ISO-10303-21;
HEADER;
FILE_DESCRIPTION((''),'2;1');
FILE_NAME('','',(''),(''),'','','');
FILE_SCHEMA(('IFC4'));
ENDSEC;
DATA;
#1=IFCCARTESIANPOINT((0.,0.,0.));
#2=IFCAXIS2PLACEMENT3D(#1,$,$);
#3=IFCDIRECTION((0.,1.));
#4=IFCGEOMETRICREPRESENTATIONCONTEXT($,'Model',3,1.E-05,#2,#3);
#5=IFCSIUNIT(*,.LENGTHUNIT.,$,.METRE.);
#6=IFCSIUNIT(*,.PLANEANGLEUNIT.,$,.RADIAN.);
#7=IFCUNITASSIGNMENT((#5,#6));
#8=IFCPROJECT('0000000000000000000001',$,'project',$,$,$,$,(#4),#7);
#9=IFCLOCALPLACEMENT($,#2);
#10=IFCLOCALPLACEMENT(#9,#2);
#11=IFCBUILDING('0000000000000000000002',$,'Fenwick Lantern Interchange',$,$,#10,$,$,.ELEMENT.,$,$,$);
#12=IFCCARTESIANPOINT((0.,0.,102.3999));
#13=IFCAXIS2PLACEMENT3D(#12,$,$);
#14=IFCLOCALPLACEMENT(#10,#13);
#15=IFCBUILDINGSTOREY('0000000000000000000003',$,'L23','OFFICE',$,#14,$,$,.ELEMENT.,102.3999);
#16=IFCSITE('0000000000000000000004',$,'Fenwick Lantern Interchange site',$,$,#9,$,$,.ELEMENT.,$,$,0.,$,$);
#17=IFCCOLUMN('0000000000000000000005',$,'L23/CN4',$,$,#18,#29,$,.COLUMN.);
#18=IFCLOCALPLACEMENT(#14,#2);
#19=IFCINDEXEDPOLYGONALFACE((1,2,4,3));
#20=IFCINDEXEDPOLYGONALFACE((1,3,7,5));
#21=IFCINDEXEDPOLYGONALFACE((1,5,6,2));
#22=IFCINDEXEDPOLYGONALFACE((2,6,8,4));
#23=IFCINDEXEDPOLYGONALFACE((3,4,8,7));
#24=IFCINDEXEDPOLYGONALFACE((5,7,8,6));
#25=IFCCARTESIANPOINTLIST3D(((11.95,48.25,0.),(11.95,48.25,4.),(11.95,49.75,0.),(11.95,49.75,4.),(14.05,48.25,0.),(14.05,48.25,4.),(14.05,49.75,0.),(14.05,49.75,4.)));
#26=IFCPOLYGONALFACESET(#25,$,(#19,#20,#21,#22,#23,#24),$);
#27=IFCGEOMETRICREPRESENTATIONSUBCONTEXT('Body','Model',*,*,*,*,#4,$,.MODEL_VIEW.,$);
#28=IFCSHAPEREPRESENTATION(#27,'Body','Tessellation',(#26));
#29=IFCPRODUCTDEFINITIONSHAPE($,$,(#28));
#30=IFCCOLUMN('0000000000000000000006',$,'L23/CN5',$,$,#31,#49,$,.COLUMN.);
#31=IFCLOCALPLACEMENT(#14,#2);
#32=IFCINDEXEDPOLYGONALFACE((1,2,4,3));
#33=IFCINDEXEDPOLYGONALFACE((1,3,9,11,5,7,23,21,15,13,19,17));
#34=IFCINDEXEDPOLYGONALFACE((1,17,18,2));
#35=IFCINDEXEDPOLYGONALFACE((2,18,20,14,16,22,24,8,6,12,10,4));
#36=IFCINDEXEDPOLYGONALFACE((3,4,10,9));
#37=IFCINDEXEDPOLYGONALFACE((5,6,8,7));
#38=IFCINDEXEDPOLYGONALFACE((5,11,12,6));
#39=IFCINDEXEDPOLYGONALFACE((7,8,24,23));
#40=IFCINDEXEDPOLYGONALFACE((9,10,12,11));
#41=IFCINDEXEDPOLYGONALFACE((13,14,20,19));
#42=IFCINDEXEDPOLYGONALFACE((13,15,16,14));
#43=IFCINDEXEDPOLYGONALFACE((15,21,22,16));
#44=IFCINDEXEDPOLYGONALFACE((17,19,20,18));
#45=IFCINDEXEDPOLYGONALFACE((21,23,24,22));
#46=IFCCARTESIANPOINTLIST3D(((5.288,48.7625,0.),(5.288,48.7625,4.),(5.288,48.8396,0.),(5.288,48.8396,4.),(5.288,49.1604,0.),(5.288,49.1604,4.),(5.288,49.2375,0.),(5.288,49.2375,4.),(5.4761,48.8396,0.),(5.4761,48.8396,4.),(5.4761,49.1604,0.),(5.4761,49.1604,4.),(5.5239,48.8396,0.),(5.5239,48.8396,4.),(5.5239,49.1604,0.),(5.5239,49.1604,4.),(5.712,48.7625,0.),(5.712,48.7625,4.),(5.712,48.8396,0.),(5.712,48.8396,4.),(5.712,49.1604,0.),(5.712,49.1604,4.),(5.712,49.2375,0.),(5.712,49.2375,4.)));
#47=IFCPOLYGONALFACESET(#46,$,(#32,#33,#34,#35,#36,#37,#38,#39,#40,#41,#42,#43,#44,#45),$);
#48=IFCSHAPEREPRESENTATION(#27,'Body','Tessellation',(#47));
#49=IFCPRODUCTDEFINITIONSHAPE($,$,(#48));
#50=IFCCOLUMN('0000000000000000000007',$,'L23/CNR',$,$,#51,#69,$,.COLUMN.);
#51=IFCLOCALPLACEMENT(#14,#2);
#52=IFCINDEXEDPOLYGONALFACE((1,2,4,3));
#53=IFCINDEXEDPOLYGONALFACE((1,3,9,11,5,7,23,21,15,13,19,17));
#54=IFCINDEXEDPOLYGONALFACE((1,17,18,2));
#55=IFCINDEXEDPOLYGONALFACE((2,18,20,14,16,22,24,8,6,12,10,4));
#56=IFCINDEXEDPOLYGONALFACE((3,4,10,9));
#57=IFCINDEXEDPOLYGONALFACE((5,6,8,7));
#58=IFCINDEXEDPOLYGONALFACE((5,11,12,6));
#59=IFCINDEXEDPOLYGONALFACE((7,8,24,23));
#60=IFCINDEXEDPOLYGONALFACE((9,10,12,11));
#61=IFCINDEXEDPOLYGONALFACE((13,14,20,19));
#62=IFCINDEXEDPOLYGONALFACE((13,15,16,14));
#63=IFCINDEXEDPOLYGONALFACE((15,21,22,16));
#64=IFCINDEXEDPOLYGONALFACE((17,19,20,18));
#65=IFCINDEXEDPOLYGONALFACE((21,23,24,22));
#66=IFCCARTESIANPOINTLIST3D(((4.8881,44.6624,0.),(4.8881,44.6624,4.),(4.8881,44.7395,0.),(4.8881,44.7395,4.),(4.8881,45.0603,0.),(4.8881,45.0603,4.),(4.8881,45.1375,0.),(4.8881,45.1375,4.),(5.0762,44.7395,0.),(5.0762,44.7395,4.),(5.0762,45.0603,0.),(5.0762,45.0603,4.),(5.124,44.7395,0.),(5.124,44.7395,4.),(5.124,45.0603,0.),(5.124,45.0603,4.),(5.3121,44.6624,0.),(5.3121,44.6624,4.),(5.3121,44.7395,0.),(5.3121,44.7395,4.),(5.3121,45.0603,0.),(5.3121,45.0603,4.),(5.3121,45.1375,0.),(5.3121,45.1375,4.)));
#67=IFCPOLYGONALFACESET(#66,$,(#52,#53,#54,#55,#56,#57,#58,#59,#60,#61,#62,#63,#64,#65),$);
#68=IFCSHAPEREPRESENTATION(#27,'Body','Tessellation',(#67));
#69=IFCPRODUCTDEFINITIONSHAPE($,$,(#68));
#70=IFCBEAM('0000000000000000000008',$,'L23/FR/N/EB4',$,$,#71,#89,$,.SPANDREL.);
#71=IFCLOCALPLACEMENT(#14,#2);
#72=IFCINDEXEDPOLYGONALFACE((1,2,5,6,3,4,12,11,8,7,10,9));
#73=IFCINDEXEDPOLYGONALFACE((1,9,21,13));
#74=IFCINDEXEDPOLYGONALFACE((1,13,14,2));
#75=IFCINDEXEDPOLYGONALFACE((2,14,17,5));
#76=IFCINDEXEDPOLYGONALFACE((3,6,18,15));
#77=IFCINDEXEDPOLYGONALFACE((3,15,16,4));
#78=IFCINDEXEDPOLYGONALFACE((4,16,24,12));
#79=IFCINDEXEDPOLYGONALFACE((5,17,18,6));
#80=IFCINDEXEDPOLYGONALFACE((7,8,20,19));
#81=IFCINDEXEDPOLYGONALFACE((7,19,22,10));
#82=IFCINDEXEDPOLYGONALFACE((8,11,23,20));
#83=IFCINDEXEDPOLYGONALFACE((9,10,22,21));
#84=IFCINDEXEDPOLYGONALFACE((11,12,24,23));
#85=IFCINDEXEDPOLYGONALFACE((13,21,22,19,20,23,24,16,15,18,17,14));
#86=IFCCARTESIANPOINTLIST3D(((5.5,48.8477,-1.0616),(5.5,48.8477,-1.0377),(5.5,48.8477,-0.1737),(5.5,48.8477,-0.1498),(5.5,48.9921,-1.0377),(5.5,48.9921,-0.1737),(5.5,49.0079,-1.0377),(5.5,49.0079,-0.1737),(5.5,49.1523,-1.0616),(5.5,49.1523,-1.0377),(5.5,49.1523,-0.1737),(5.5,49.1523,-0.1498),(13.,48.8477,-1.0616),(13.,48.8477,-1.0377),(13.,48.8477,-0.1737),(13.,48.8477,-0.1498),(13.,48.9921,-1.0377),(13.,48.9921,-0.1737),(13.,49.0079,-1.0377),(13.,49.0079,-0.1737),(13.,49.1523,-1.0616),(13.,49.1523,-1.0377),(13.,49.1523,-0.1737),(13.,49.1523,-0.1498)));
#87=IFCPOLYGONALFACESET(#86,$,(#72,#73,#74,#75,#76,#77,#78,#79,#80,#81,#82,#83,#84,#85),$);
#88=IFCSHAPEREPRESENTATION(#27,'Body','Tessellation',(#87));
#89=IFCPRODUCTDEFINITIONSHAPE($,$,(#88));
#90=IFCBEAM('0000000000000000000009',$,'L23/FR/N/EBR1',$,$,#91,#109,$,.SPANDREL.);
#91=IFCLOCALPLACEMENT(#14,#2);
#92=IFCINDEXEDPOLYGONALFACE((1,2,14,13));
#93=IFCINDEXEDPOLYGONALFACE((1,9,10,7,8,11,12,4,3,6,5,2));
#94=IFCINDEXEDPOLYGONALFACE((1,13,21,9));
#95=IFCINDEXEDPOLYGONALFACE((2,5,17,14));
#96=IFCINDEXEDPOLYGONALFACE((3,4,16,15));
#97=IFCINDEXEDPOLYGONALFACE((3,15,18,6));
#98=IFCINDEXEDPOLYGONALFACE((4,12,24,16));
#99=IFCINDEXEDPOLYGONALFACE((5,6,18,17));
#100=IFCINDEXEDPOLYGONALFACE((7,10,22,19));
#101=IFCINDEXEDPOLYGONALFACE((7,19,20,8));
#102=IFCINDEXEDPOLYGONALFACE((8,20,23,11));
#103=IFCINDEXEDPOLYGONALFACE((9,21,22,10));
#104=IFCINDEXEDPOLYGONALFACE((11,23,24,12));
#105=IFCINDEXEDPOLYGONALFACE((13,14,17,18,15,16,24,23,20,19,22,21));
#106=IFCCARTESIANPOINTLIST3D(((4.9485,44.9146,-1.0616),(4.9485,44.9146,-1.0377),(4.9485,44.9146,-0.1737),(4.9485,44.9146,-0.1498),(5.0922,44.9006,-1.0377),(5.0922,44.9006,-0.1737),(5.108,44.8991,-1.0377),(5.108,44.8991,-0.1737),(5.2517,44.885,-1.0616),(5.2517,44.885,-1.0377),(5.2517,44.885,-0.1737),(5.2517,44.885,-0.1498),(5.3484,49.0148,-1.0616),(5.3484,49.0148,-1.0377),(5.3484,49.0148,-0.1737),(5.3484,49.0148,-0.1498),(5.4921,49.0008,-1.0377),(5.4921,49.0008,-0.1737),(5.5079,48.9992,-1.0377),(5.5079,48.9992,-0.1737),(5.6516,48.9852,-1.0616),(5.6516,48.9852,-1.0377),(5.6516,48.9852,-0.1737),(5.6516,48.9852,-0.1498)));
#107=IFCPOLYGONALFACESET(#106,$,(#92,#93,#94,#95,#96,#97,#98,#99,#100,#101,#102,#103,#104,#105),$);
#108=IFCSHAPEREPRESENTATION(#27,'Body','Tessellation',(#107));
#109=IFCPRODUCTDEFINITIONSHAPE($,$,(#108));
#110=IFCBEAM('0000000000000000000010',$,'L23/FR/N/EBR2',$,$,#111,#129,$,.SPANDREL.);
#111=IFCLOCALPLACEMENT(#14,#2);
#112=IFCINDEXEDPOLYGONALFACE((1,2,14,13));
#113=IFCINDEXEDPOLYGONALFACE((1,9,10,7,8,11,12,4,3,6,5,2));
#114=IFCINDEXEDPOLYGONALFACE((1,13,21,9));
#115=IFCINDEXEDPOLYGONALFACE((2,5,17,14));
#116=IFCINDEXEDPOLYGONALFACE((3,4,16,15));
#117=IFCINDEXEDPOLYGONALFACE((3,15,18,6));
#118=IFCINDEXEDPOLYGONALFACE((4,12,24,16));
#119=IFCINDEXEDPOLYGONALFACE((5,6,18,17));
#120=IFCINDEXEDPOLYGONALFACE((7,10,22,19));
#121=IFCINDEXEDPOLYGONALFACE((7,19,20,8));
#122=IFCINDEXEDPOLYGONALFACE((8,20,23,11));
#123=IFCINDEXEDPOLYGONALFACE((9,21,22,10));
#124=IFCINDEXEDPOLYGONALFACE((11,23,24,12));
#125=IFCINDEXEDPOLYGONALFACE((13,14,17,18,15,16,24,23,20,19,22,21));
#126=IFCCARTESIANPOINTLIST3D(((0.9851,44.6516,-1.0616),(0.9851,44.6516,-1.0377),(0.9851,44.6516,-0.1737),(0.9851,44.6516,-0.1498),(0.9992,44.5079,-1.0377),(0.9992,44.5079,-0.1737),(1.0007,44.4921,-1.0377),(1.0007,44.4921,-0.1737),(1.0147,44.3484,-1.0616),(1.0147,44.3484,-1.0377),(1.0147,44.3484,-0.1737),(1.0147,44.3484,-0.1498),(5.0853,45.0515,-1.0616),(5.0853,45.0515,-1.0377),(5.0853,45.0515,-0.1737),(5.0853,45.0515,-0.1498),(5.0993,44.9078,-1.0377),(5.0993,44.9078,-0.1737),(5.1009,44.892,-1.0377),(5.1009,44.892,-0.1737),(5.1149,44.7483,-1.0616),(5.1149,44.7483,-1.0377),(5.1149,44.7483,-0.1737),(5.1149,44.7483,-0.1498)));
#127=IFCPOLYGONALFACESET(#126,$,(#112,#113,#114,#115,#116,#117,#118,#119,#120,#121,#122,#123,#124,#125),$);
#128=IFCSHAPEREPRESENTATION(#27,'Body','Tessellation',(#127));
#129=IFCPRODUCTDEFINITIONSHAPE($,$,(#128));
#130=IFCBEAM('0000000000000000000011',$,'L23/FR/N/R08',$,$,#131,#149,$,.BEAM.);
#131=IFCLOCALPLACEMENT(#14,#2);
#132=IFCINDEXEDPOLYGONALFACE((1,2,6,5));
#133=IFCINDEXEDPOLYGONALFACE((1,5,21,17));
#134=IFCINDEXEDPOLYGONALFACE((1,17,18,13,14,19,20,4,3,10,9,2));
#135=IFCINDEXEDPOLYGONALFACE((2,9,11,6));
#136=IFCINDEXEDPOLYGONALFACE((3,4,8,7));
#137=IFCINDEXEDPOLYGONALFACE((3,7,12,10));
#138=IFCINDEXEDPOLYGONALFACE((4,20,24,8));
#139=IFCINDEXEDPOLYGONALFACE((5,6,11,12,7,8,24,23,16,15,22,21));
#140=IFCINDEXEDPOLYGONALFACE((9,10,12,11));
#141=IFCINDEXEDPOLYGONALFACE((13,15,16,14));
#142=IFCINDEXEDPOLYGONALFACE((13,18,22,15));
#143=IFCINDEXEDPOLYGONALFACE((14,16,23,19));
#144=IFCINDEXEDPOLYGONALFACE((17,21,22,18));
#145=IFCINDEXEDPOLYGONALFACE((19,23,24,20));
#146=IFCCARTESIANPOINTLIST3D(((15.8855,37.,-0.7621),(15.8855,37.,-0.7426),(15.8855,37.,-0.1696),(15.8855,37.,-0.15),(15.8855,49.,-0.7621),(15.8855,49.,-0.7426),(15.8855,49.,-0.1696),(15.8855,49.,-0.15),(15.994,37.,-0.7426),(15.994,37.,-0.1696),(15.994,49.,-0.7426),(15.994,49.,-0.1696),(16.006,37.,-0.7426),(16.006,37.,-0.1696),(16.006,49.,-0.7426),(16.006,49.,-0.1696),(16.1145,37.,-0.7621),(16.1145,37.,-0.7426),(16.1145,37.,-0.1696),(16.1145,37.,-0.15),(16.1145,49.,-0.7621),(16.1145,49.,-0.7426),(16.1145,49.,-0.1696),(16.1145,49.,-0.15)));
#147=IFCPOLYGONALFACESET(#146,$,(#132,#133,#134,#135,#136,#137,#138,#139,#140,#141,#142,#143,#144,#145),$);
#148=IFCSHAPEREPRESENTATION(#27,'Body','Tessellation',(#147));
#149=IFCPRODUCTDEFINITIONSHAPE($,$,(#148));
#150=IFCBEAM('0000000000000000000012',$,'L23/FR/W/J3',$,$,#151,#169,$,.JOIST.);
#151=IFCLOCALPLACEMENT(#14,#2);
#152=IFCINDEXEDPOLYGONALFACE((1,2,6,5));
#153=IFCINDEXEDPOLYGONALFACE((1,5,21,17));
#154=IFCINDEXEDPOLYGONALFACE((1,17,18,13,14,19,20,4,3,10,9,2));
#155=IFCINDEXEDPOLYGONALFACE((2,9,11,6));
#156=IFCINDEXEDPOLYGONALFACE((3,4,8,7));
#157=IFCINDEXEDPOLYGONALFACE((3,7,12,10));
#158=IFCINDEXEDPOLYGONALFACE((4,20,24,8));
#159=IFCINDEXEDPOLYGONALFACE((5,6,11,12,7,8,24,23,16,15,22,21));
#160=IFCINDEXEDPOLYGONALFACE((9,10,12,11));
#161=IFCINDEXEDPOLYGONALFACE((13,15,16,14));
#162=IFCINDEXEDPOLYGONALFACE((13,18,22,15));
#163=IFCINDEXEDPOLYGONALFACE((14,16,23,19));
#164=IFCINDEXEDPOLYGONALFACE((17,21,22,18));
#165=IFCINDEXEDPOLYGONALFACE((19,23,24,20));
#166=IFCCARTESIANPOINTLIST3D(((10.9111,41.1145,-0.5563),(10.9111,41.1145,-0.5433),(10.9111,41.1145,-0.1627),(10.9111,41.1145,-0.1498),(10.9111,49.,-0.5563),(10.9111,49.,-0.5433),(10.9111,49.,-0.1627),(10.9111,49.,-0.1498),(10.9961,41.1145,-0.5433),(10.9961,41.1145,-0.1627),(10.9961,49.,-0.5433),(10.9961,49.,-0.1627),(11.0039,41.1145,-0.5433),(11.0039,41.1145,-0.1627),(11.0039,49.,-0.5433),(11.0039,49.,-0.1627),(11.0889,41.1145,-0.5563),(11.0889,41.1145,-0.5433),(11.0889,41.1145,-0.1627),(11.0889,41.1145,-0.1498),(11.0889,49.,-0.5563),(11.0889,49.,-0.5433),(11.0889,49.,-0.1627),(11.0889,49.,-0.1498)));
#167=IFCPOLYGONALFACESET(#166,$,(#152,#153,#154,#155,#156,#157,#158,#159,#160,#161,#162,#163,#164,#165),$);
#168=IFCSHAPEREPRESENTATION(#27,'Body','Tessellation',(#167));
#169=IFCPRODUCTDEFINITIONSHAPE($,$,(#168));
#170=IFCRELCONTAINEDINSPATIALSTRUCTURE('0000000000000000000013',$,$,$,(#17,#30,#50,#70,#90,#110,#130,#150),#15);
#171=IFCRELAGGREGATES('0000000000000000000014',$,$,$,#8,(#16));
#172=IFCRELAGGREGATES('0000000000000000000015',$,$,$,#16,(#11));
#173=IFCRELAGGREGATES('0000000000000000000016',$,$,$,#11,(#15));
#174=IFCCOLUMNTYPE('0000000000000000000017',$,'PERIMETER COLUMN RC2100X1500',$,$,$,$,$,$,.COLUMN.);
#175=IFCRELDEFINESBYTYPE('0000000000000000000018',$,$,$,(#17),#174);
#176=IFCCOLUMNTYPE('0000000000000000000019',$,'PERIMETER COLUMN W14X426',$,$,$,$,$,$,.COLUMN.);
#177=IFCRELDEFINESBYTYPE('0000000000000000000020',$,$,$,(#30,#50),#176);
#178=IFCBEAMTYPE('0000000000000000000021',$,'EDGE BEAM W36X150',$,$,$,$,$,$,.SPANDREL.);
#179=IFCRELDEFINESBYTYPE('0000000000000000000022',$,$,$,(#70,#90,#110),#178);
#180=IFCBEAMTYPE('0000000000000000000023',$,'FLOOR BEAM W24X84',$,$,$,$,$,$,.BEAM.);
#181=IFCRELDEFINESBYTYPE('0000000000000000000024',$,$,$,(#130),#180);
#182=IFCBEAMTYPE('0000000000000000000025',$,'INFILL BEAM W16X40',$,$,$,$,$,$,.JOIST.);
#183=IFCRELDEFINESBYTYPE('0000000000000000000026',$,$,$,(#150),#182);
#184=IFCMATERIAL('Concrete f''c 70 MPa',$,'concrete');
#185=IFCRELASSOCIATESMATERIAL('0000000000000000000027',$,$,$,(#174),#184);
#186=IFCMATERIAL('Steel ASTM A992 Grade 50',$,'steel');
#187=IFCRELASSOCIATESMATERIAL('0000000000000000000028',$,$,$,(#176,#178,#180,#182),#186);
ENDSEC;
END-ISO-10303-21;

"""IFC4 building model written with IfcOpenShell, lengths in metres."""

from ifc_helpers import new_model, si_unit, direction, frame, origin, origin_2d, place, context, subcontext, project, spatial, rectangle, i_section, extrude, material, material_profile, profile_set, type_object, element, save


model = new_model("IFC4")

# Units and contexts
model_context = context("Model", 3, precision=1e-05, world=origin(), true_north=direction((0.0, 1.0)))
body_context = subcontext(model_context, "Body", "Model", "MODEL_VIEW")
ifc_project = project(units=[si_unit("LENGTHUNIT", "METRE"), si_unit("PLANEANGLEUNIT", "RADIAN")], contexts=[model_context])

# Site, building, storey
site_placement = place(None, origin())
site = spatial("IfcSite", under=ifc_project, at=site_placement, Name="Fenwick Lantern Interchange site", CompositionType="ELEMENT", RefElevation=0.0)
building_placement = place(site_placement, origin())
building = spatial("IfcBuilding", under=site, at=building_placement, Name="Fenwick Lantern Interchange", CompositionType="ELEMENT")
storey_placement = place(building_placement, frame((0.0, 0.0, 102.3999)))
storey = spatial("IfcBuildingStorey", under=building, at=storey_placement, Name="L23", Description="OFFICE", CompositionType="ELEMENT", Elevation=102.3999)

# Columns
ifc_material_1 = material(Name="Concrete f'c 70 MPa", Category="concrete")
ifc_material_profile_1 = material_profile(ifc_material_1, rectangle(XDim=2.1001, YDim=1.5, at=origin_2d()), Name="RC2100X1500")
ifc_profile_set_1 = profile_set([ifc_material_profile_1], Name="Concrete f'c 70 MPa")
column_type_1 = type_object("IfcColumnType", Name="PERIMETER COLUMN RC2100X1500", PredefinedType="COLUMN", material=ifc_profile_set_1)
column_placement = place(storey_placement, frame((13.0, 49.0, 0.0), z_axis=(0.0, 0.0, 1.0), x_axis=(1.0, 0.0, 0.0)))
element("IfcColumn", 1, at=column_placement, inside=storey, type_object=column_type_1, Name="L23/CN4", PredefinedType="COLUMN", context=body_context, shape_type="SweptSolid", body=[
    extrude(rectangle(XDim=2.1001, YDim=1.5, at=origin_2d()), origin(), (0.0, 0.0, 1.0), 4.0),
])
ifc_material_2 = material(Name="Steel ASTM A992 Grade 50", Category="steel")
ifc_material_profile_2 = material_profile(ifc_material_2, i_section(OverallWidth=0.4241, OverallDepth=0.4751, WebThickness=0.0479, FlangeThickness=0.0771, at=origin_2d()), Name="W14X426")
ifc_profile_set_2 = profile_set([ifc_material_profile_2], Name="Steel ASTM A992 Grade 50")
column_type_2 = type_object("IfcColumnType", Name="PERIMETER COLUMN W14X426", PredefinedType="COLUMN", material=ifc_profile_set_2)
for number, where, z_axis, x_axis, name in (
    (2, (5.5, 49.0, 0.0), (0.0, 0.0, 1.0), (1.0, 0.0, 0.0), "L23/CN5"),
    (3, (5.1001, 44.8999, 0.0), (0.0, 0.0, 1.0), (1.0, 0.0, 0.0), "L23/CNR"),
):
    element("IfcColumn", number, at=place(storey_placement, frame(where, z_axis=z_axis, x_axis=x_axis)), inside=storey, type_object=column_type_2, Name=name, PredefinedType="COLUMN", context=body_context, shape_type="SweptSolid", body=[
        extrude(i_section(OverallWidth=0.4241, OverallDepth=0.4751, WebThickness=0.0479, FlangeThickness=0.0771, at=origin_2d()), origin(), (0.0, 0.0, 1.0), 4.0),
    ])

# Beams
ifc_material_profile_3 = material_profile(ifc_material_2, i_section(OverallWidth=0.3047, OverallDepth=0.9119, WebThickness=0.0159, FlangeThickness=0.0239, at=origin_2d()), Name="W36X150")
ifc_profile_set_3 = profile_set([ifc_material_profile_3], Name="Steel ASTM A992 Grade 50")
beam_type_1 = type_object("IfcBeamType", Name="EDGE BEAM W36X150", PredefinedType="SPANDREL", material=ifc_profile_set_3)
beam_1_placement = place(storey_placement, frame((13.0, 49.0, -0.6057), z_axis=(-1.0, 0.0, 0.0), x_axis=(0.0, -1.0, 0.0)))
element("IfcBeam", 4, at=beam_1_placement, inside=storey, type_object=beam_type_1, Name="L23/FR/N/EB4", PredefinedType="SPANDREL", context=body_context, shape_type="SweptSolid", body=[
    extrude(i_section(OverallWidth=0.3047, OverallDepth=0.9119, WebThickness=0.0159, FlangeThickness=0.0239, at=origin_2d()), origin(), (0.0, 0.0, 1.0), 7.5),
])
for number, where, z_axis, x_axis, name in (
    (5, (5.5, 49.0, -0.6057), (-0.097074, -0.995277, 0.0), (0.995277, -0.097074, 0.0), "L23/FR/N/EBR1"),
    (6, (5.1001, 44.8999, -0.6057), (-0.995277, -0.097074, 0.0), (0.097074, -0.995277, 0.0), "L23/FR/N/EBR2"),
):
    element("IfcBeam", number, at=place(storey_placement, frame(where, z_axis=z_axis, x_axis=x_axis)), inside=storey, type_object=beam_type_1, Name=name, PredefinedType="SPANDREL", context=body_context, shape_type="SweptSolid", body=[
        extrude(i_section(OverallWidth=0.3047, OverallDepth=0.9119, WebThickness=0.0159, FlangeThickness=0.0239, at=origin_2d()), origin(), (0.0, 0.0, 1.0), 4.1196),
    ])
ifc_material_profile_4 = material_profile(ifc_material_2, i_section(OverallWidth=0.229, OverallDepth=0.6121, WebThickness=0.012, FlangeThickness=0.0195, at=origin_2d()), Name="W24X84")
ifc_profile_set_4 = profile_set([ifc_material_profile_4], Name="Steel ASTM A992 Grade 50")
beam_type_2 = type_object("IfcBeamType", Name="FLOOR BEAM W24X84", PredefinedType="BEAM", material=ifc_profile_set_4)
beam_2_placement = place(storey_placement, frame((16.0, 49.0, -0.4561), z_axis=(0.0, -1.0, 0.0), x_axis=(1.0, 0.0, 0.0)))
element("IfcBeam", 7, at=beam_2_placement, inside=storey, type_object=beam_type_2, Name="L23/FR/N/R08", PredefinedType="BEAM", context=body_context, shape_type="SweptSolid", body=[
    extrude(i_section(OverallWidth=0.229, OverallDepth=0.6121, WebThickness=0.012, FlangeThickness=0.0195, at=origin_2d()), origin(), (0.0, 0.0, 1.0), 12.0),
])
ifc_material_profile_5 = material_profile(ifc_material_2, i_section(OverallWidth=0.1777, OverallDepth=0.4065, WebThickness=0.0078, FlangeThickness=0.0129, at=origin_2d()), Name="W16X40")
ifc_profile_set_5 = profile_set([ifc_material_profile_5], Name="Steel ASTM A992 Grade 50")
beam_type_3 = type_object("IfcBeamType", Name="INFILL BEAM W16X40", PredefinedType="JOIST", material=ifc_profile_set_5)
beam_3_placement = place(storey_placement, frame((11.0, 49.0, -0.353), z_axis=(0.0, -1.0, 0.0), x_axis=(1.0, 0.0, 0.0)))
element("IfcBeam", 8, at=beam_3_placement, inside=storey, type_object=beam_type_3, Name="L23/FR/W/J3", PredefinedType="JOIST", context=body_context, shape_type="SweptSolid", body=[
    extrude(i_section(OverallWidth=0.1777, OverallDepth=0.4065, WebThickness=0.0078, FlangeThickness=0.0129, at=origin_2d()), origin(), (0.0, 0.0, 1.0), 7.8855),
])

save(model, "model.ifc")
